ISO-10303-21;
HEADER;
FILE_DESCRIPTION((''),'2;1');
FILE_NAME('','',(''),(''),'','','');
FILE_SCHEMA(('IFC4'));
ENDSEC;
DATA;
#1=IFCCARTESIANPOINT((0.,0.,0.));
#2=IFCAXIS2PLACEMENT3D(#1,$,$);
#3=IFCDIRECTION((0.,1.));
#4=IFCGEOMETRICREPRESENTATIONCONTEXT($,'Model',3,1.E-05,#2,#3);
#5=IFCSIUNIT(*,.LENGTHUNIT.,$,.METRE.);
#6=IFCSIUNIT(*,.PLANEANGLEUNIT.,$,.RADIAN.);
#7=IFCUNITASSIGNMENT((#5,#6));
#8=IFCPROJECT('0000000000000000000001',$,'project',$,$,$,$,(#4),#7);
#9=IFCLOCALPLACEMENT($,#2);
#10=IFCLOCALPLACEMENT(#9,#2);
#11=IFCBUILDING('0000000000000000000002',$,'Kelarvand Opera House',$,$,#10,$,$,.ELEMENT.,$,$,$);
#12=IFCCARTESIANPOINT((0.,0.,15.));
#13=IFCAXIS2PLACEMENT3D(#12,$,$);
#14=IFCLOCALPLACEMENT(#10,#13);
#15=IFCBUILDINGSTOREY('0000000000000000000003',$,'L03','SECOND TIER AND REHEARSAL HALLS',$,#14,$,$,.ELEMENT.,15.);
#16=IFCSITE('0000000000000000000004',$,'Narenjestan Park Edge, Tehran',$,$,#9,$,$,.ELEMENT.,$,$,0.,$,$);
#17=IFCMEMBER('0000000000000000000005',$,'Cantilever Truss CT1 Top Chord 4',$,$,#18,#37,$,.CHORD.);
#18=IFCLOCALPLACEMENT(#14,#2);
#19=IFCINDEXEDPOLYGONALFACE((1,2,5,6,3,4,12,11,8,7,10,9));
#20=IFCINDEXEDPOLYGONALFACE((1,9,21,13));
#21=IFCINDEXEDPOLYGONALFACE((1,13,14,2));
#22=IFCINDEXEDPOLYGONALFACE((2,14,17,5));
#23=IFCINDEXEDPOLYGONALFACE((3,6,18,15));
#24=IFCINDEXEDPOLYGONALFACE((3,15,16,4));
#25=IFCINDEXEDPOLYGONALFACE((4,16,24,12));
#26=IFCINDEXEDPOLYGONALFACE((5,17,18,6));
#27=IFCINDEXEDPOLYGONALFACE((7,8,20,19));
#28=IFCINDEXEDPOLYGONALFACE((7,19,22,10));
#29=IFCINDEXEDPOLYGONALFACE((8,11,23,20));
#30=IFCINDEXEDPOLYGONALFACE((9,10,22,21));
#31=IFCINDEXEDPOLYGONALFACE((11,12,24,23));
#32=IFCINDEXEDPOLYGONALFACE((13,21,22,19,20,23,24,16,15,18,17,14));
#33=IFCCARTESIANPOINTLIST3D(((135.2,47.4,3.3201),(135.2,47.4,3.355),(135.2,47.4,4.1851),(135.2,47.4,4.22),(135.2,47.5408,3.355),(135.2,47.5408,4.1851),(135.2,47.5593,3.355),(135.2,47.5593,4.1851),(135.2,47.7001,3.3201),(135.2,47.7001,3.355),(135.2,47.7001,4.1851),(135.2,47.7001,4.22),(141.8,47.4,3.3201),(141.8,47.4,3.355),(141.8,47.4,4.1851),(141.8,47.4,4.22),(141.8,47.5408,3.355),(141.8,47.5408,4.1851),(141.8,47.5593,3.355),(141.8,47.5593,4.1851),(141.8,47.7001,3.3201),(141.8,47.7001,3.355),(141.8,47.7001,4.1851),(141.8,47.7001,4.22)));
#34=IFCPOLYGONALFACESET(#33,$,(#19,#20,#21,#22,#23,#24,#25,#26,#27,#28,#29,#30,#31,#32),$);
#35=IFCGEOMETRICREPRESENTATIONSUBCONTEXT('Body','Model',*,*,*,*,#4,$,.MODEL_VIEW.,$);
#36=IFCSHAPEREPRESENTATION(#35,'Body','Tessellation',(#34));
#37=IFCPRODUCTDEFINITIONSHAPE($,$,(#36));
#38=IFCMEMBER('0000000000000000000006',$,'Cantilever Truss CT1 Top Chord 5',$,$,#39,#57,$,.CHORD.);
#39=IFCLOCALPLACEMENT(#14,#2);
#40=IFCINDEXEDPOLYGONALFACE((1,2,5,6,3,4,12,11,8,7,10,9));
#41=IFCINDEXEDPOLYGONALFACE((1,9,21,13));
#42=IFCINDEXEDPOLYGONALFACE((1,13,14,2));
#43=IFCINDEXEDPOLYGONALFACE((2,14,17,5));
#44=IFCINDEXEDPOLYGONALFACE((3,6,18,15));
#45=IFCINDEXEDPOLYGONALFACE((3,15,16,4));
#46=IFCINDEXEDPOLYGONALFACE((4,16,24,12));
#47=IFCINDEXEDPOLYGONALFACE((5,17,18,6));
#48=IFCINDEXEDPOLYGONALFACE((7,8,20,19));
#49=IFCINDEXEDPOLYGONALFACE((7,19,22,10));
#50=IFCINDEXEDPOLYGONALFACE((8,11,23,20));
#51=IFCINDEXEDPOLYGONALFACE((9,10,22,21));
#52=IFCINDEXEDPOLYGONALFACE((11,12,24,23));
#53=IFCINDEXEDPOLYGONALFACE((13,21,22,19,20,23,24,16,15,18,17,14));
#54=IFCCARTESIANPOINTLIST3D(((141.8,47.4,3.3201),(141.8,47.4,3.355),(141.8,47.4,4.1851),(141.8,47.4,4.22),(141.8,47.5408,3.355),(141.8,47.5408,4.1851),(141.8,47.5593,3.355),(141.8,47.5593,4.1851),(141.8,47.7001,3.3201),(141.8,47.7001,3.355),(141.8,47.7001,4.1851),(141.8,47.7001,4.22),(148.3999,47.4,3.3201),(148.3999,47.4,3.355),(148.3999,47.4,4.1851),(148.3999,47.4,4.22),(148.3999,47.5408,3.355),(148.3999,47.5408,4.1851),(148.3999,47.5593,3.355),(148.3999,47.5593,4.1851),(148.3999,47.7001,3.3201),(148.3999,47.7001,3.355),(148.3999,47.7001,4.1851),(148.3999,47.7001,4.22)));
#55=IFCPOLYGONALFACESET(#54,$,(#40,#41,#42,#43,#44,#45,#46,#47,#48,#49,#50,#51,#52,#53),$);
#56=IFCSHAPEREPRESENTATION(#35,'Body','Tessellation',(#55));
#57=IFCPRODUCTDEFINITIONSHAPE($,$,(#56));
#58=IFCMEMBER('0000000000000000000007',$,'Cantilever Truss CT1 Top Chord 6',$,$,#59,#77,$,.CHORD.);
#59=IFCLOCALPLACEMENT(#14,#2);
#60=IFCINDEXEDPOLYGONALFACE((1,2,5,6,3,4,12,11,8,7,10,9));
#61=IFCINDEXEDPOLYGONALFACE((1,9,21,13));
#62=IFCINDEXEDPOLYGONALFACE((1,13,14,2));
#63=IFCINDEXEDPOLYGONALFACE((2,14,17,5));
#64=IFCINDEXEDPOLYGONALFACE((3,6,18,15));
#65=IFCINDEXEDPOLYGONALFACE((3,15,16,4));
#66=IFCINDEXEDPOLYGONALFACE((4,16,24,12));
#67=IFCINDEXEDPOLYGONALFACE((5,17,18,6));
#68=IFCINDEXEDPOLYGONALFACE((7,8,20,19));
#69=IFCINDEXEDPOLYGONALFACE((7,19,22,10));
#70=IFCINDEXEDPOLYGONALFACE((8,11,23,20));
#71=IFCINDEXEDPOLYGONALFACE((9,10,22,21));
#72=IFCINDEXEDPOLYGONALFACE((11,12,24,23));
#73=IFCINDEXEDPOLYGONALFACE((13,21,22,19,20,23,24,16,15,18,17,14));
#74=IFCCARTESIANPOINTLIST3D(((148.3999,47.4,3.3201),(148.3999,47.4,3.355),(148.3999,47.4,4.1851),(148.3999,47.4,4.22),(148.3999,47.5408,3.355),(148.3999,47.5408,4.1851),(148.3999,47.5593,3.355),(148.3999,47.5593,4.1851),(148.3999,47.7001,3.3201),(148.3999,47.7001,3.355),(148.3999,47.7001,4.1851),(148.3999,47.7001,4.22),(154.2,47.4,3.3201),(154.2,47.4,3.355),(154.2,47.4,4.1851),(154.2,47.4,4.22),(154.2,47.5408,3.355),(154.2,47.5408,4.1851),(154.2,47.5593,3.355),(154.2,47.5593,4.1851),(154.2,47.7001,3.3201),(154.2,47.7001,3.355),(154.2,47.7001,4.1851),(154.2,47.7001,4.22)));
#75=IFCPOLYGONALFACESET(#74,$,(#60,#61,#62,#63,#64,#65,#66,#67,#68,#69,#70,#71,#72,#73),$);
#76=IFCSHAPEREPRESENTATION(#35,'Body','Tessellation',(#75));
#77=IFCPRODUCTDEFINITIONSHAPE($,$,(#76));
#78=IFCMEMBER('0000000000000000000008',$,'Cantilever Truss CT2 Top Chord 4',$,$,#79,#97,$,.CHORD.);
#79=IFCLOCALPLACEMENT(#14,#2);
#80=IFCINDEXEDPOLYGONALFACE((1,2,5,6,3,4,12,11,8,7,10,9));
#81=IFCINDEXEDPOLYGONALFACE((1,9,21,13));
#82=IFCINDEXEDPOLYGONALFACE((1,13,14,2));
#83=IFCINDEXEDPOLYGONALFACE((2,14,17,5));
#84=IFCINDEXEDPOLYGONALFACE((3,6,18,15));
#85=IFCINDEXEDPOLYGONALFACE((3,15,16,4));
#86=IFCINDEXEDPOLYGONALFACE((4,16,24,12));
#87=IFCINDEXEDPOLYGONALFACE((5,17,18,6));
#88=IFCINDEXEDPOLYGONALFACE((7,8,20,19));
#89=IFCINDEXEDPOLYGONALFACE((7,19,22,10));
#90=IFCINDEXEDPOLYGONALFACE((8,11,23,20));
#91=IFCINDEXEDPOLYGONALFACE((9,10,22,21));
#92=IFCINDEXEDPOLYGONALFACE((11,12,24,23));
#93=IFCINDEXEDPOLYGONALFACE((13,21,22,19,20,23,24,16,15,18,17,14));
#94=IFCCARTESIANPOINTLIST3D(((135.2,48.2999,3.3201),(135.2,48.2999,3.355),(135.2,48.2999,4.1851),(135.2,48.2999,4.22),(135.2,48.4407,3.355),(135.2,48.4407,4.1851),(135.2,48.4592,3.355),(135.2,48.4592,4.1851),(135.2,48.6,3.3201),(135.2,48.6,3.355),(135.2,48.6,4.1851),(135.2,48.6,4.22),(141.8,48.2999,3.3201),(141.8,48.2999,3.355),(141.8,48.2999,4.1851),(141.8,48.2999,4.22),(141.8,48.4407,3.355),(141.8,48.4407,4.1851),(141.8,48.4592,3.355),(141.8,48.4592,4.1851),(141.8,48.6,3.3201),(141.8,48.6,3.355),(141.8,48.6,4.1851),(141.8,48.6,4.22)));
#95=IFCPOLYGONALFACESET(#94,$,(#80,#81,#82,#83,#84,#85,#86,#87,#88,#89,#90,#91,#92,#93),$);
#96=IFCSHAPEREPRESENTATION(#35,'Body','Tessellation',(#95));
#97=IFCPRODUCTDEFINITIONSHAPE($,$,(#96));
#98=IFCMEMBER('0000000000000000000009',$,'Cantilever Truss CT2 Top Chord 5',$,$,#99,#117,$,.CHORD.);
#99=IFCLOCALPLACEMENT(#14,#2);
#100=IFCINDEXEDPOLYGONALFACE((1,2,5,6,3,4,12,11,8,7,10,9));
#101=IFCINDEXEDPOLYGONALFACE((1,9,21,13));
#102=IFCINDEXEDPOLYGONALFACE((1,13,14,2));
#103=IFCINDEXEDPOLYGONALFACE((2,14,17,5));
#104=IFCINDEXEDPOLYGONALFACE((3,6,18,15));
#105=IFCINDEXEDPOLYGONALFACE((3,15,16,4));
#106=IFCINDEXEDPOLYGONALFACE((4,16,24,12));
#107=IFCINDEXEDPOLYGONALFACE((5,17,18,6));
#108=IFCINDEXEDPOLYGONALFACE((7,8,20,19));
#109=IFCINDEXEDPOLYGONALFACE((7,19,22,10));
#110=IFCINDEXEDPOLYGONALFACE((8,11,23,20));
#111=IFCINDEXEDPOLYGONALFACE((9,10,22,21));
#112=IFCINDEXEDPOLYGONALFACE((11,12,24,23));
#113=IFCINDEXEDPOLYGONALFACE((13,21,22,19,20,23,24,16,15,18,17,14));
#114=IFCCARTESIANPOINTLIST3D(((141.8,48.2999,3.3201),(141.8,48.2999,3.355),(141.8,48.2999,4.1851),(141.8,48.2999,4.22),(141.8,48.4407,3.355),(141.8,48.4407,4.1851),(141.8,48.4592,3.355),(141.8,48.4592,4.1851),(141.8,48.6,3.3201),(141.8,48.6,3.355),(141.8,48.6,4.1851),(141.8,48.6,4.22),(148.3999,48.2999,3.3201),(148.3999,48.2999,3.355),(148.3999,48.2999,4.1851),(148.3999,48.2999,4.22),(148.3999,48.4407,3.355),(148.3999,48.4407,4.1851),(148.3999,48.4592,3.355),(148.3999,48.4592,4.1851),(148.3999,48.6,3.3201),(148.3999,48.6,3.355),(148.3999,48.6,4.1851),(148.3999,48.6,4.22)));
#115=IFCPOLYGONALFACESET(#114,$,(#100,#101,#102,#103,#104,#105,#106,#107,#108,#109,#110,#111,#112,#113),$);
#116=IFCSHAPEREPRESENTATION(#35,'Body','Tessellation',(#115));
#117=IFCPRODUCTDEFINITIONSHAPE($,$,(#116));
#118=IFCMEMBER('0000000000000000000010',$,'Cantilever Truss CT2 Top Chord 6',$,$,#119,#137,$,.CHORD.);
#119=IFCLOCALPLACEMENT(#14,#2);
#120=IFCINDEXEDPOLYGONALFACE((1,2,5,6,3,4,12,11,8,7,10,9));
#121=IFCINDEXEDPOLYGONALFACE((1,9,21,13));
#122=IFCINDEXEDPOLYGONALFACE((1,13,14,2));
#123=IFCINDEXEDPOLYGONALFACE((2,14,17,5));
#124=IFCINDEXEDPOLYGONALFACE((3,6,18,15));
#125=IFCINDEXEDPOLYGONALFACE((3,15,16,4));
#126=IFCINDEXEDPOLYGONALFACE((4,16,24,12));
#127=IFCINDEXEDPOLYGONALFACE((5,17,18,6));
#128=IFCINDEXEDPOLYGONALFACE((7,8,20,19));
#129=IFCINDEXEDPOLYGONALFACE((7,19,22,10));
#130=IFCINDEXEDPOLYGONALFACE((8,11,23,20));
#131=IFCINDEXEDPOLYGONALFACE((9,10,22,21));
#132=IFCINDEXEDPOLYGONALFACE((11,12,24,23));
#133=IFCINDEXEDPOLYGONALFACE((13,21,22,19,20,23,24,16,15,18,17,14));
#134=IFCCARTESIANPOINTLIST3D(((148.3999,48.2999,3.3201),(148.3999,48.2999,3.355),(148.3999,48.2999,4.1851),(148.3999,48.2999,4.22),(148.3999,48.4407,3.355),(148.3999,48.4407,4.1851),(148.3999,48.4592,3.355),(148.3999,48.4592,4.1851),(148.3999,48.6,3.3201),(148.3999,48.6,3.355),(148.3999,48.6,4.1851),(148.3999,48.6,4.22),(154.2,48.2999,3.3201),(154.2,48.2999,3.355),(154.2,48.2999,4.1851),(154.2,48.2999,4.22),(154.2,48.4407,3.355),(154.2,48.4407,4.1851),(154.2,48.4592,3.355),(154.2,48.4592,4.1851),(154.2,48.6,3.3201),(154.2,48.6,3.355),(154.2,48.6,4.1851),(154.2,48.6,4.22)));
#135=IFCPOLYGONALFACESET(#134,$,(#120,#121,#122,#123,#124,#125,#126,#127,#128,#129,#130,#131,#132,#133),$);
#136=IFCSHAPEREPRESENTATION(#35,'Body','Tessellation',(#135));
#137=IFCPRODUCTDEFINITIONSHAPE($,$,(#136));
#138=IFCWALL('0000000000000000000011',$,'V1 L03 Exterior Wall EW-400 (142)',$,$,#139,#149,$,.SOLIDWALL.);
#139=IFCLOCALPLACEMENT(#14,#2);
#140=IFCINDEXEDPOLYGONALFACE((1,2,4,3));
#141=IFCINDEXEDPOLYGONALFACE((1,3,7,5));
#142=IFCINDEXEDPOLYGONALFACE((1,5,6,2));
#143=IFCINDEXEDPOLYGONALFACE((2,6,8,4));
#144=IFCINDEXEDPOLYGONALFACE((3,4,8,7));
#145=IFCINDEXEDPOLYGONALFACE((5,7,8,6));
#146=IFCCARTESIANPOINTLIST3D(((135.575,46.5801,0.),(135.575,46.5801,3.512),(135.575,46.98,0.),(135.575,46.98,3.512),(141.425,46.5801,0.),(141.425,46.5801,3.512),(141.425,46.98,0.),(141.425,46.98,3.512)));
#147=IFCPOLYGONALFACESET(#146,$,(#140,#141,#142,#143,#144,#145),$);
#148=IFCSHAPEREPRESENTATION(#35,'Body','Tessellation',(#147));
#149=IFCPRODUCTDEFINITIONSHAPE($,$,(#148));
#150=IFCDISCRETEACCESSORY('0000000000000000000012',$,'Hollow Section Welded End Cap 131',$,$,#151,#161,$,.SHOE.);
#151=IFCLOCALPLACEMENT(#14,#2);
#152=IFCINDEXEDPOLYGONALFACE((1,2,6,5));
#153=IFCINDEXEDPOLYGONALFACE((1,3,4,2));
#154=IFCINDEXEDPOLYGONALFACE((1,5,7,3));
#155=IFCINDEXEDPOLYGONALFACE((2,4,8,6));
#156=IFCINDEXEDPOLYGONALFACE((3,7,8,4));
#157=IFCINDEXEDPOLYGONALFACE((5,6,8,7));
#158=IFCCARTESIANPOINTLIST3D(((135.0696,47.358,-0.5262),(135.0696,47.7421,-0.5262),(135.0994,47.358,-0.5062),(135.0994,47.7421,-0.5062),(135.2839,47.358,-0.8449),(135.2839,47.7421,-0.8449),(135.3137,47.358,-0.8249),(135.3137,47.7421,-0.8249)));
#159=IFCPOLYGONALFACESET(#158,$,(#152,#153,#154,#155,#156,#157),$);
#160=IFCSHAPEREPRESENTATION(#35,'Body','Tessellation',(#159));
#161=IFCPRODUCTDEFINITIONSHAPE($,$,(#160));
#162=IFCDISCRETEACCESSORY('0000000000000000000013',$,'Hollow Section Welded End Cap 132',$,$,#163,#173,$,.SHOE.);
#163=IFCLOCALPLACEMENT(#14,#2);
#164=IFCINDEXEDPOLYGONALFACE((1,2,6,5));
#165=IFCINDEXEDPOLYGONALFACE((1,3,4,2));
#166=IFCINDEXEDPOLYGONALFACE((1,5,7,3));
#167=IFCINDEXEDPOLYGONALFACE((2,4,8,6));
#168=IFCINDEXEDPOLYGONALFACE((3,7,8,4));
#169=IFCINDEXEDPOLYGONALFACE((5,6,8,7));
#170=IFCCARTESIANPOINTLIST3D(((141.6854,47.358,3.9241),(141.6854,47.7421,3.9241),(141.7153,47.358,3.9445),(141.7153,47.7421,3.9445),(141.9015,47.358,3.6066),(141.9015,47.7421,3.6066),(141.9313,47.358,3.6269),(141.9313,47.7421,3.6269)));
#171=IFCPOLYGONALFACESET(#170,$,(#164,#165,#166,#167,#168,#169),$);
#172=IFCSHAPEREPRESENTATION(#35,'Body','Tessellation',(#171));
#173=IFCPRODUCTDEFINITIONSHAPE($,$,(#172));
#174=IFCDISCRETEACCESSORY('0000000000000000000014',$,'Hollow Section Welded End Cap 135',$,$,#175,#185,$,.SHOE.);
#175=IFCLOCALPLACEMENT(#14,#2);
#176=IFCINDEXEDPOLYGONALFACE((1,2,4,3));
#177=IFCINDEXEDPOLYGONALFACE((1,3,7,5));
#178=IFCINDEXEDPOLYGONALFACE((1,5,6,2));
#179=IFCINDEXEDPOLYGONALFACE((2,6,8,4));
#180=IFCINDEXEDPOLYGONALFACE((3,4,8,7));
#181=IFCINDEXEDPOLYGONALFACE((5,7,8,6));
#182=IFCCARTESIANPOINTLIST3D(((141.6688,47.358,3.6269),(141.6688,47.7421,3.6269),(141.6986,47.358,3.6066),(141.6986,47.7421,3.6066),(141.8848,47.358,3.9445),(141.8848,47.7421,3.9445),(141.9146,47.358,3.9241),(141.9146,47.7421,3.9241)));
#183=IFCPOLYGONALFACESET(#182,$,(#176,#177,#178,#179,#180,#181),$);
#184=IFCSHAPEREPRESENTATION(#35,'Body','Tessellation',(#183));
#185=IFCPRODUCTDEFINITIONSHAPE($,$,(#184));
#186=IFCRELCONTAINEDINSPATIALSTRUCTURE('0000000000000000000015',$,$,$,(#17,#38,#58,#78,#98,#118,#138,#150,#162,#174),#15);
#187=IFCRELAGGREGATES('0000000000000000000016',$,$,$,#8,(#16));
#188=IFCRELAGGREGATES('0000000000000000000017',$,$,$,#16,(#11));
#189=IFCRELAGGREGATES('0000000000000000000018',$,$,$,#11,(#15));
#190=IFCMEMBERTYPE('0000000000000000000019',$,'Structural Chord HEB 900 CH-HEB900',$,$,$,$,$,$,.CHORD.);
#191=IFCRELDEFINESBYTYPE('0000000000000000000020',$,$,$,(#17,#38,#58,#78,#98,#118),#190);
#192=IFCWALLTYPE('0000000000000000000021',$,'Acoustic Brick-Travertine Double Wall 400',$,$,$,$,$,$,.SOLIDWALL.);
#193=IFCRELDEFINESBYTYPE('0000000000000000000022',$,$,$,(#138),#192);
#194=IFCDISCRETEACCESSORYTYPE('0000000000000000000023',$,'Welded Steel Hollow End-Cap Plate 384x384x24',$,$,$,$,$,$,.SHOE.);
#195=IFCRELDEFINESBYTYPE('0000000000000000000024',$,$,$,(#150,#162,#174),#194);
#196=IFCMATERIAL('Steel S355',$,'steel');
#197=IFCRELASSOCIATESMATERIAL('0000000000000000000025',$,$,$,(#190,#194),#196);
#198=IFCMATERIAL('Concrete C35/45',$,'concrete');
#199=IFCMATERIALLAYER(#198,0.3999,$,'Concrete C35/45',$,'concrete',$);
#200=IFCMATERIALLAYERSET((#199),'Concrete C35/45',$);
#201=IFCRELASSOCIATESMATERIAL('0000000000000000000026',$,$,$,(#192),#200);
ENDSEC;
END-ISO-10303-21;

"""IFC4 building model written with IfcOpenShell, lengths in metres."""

from ifc_helpers import new_model, si_unit, direction, frame, frame_2d, origin, origin_2d, place, context, subcontext, project, spatial, rectangle, i_section, extrude, material, layer, layer_set, material_profile, profile_set, type_object, element, save


model = new_model("IFC4")

# Units and contexts
model_context = context("Model", 3, precision=1e-05, world=origin(), true_north=direction((0.0, 1.0)))
body_context = subcontext(model_context, "Body", "Model", "MODEL_VIEW")
ifc_project = project(units=[si_unit("LENGTHUNIT", "METRE"), si_unit("PLANEANGLEUNIT", "RADIAN")], contexts=[model_context])

# Site, building, storey
site_placement = place(None, origin())
site = spatial("IfcSite", under=ifc_project, at=site_placement, Name="Narenjestan Park Edge, Tehran", CompositionType="ELEMENT", RefElevation=0.0)
building_placement = place(site_placement, origin())
building = spatial("IfcBuilding", under=site, at=building_placement, Name="Kelarvand Opera House", CompositionType="ELEMENT")
storey_placement = place(building_placement, frame((0.0, 0.0, 15.0)))
storey = spatial("IfcBuildingStorey", under=building, at=storey_placement, Name="L03", Description="SECOND TIER AND REHEARSAL HALLS", CompositionType="ELEMENT", Elevation=15.0)

# Shared definitions
ifc_material_1 = material(Name="Steel S355", Category="steel")

# Members
ifc_material_profile_1 = material_profile(ifc_material_1, i_section(OverallWidth=0.3, OverallDepth=0.8999, WebThickness=0.0186, FlangeThickness=0.0349, at=origin_2d()), Name="HEB 900", Category="steel")
ifc_profile_set_1 = profile_set([ifc_material_profile_1], Name="Steel S355")
member_type_1 = type_object("IfcMemberType", Name="Structural Chord HEB 900 CH-HEB900", PredefinedType="CHORD", material=ifc_profile_set_1)
member_1_placement = place(storey_placement, frame((135.2, 47.55, 3.77), z_axis=(1.0, 0.0, 0.0), x_axis=(0.0, 1.0, 0.0)))
element("IfcMember", 1, at=member_1_placement, inside=storey, type_object=member_type_1, Name="Cantilever Truss CT1 Top Chord 4", PredefinedType="CHORD", context=body_context, shape_type="SweptSolid", body=[
    extrude(i_section(OverallWidth=0.3, OverallDepth=0.8999, WebThickness=0.0186, FlangeThickness=0.0349, at=origin_2d()), origin(), (0.0, 0.0, 1.0), 6.6001),
])
member_2_placement = place(storey_placement, frame((141.8, 47.55, 3.77), z_axis=(1.0, 0.0, 0.0), x_axis=(0.0, 1.0, 0.0)))
element("IfcMember", 2, at=member_2_placement, inside=storey, type_object=member_type_1, Name="Cantilever Truss CT1 Top Chord 5", PredefinedType="CHORD", context=body_context, shape_type="SweptSolid", body=[
    extrude(i_section(OverallWidth=0.3, OverallDepth=0.8999, WebThickness=0.0186, FlangeThickness=0.0349, at=origin_2d()), origin(), (0.0, 0.0, 1.0), 6.5999),
])
member_3_placement = place(storey_placement, frame((148.3999, 47.55, 3.77), z_axis=(1.0, 0.0, 0.0), x_axis=(0.0, 1.0, 0.0)))
element("IfcMember", 3, at=member_3_placement, inside=storey, type_object=member_type_1, Name="Cantilever Truss CT1 Top Chord 6", PredefinedType="CHORD", context=body_context, shape_type="SweptSolid", body=[
    extrude(i_section(OverallWidth=0.3, OverallDepth=0.8999, WebThickness=0.0186, FlangeThickness=0.0349, at=origin_2d()), origin(), (0.0, 0.0, 1.0), 5.8),
])
member_4_placement = place(storey_placement, frame((135.2, 48.45, 3.77), z_axis=(1.0, 0.0, 0.0), x_axis=(0.0, 1.0, 0.0)))
element("IfcMember", 4, at=member_4_placement, inside=storey, type_object=member_type_1, Name="Cantilever Truss CT2 Top Chord 4", PredefinedType="CHORD", context=body_context, shape_type="SweptSolid", body=[
    extrude(i_section(OverallWidth=0.3, OverallDepth=0.8999, WebThickness=0.0186, FlangeThickness=0.0349, at=origin_2d()), origin(), (0.0, 0.0, 1.0), 6.6001),
])
member_5_placement = place(storey_placement, frame((141.8, 48.45, 3.77), z_axis=(1.0, 0.0, 0.0), x_axis=(0.0, 1.0, 0.0)))
element("IfcMember", 5, at=member_5_placement, inside=storey, type_object=member_type_1, Name="Cantilever Truss CT2 Top Chord 5", PredefinedType="CHORD", context=body_context, shape_type="SweptSolid", body=[
    extrude(i_section(OverallWidth=0.3, OverallDepth=0.8999, WebThickness=0.0186, FlangeThickness=0.0349, at=origin_2d()), origin(), (0.0, 0.0, 1.0), 6.5999),
])
member_6_placement = place(storey_placement, frame((148.3999, 48.45, 3.77), z_axis=(1.0, 0.0, 0.0), x_axis=(0.0, 1.0, 0.0)))
element("IfcMember", 6, at=member_6_placement, inside=storey, type_object=member_type_1, Name="Cantilever Truss CT2 Top Chord 6", PredefinedType="CHORD", context=body_context, shape_type="SweptSolid", body=[
    extrude(i_section(OverallWidth=0.3, OverallDepth=0.8999, WebThickness=0.0186, FlangeThickness=0.0349, at=origin_2d()), origin(), (0.0, 0.0, 1.0), 5.8),
])

# Wall
ifc_material_2 = material(Name="Concrete C35/45", Category="concrete")
ifc_layer = layer(ifc_material_2, 0.3999, Name="Concrete C35/45", Category="concrete")
ifc_layer_set = layer_set([ifc_layer], Name="Concrete C35/45")
wall_type = type_object("IfcWallType", Name="Acoustic Brick-Travertine Double Wall 400", PredefinedType="SOLIDWALL", material=ifc_layer_set)
wall_placement = place(storey_placement, frame((141.425, 46.78, 0.0), z_axis=(0.0, 0.0, 1.0), x_axis=(-1.0, 0.0, 0.0)))
element("IfcWall", 7, at=wall_placement, inside=storey, type_object=wall_type, Name="V1 L03 Exterior Wall EW-400 (142)", PredefinedType="SOLIDWALL", context=body_context, shape_type="SweptSolid", body=[
    extrude(rectangle(XDim=5.8501, YDim=0.3999, at=frame_2d((2.925, 0.0))), origin(), (0.0, 0.0, 1.0), 3.512),
])

# Discrete accessories
ifc_material_profile_2 = material_profile(ifc_material_1, rectangle(XDim=0.384, YDim=0.384, at=origin_2d()), Name="Welded Steel Hollow End-Cap Plate 384x384x24", Category="steel")
ifc_profile_set_2 = profile_set([ifc_material_profile_2], Name="Steel S355")
discrete_accessory_type = type_object("IfcDiscreteAccessoryType", Name="Welded Steel Hollow End-Cap Plate 384x384x24", PredefinedType="SHOE", material=ifc_profile_set_2)
discrete_accessory_1_placement = place(storey_placement, frame((135.2065, 47.55, -0.6655), z_axis=(-0.829951, 0.0, -0.557836), x_axis=(0.0, -1.0, 0.0)))
element("IfcDiscreteAccessory", 8, at=discrete_accessory_1_placement, inside=storey, type_object=discrete_accessory_type, Name="Hollow Section Welded End Cap 131", PredefinedType="SHOE", context=body_context, shape_type="SweptSolid", body=[
    extrude(rectangle(XDim=0.384, YDim=0.384, at=origin_2d()), origin(), (0.0, 0.0, 1.0), 0.0359),
])
for number, where, z_axis, x_axis, name in (
    (9, (141.7935, 47.55, 3.7654), (0.8268, 0.0, 0.562495), (0.0, 1.0, 0.0), "Hollow Section Welded End Cap 132"),
    (10, (141.8066, 47.55, 3.7654), (-0.8268, 0.0, 0.562495), (0.0, -1.0, 0.0), "Hollow Section Welded End Cap 135"),
):
    element("IfcDiscreteAccessory", number, at=place(storey_placement, frame(where, z_axis=z_axis, x_axis=x_axis)), inside=storey, type_object=discrete_accessory_type, Name=name, PredefinedType="SHOE", context=body_context, shape_type="SweptSolid", body=[
        extrude(rectangle(XDim=0.384, YDim=0.384, at=origin_2d()), origin(), (0.0, 0.0, 1.0), 0.0361),
    ])

save(model, "model.ifc")
